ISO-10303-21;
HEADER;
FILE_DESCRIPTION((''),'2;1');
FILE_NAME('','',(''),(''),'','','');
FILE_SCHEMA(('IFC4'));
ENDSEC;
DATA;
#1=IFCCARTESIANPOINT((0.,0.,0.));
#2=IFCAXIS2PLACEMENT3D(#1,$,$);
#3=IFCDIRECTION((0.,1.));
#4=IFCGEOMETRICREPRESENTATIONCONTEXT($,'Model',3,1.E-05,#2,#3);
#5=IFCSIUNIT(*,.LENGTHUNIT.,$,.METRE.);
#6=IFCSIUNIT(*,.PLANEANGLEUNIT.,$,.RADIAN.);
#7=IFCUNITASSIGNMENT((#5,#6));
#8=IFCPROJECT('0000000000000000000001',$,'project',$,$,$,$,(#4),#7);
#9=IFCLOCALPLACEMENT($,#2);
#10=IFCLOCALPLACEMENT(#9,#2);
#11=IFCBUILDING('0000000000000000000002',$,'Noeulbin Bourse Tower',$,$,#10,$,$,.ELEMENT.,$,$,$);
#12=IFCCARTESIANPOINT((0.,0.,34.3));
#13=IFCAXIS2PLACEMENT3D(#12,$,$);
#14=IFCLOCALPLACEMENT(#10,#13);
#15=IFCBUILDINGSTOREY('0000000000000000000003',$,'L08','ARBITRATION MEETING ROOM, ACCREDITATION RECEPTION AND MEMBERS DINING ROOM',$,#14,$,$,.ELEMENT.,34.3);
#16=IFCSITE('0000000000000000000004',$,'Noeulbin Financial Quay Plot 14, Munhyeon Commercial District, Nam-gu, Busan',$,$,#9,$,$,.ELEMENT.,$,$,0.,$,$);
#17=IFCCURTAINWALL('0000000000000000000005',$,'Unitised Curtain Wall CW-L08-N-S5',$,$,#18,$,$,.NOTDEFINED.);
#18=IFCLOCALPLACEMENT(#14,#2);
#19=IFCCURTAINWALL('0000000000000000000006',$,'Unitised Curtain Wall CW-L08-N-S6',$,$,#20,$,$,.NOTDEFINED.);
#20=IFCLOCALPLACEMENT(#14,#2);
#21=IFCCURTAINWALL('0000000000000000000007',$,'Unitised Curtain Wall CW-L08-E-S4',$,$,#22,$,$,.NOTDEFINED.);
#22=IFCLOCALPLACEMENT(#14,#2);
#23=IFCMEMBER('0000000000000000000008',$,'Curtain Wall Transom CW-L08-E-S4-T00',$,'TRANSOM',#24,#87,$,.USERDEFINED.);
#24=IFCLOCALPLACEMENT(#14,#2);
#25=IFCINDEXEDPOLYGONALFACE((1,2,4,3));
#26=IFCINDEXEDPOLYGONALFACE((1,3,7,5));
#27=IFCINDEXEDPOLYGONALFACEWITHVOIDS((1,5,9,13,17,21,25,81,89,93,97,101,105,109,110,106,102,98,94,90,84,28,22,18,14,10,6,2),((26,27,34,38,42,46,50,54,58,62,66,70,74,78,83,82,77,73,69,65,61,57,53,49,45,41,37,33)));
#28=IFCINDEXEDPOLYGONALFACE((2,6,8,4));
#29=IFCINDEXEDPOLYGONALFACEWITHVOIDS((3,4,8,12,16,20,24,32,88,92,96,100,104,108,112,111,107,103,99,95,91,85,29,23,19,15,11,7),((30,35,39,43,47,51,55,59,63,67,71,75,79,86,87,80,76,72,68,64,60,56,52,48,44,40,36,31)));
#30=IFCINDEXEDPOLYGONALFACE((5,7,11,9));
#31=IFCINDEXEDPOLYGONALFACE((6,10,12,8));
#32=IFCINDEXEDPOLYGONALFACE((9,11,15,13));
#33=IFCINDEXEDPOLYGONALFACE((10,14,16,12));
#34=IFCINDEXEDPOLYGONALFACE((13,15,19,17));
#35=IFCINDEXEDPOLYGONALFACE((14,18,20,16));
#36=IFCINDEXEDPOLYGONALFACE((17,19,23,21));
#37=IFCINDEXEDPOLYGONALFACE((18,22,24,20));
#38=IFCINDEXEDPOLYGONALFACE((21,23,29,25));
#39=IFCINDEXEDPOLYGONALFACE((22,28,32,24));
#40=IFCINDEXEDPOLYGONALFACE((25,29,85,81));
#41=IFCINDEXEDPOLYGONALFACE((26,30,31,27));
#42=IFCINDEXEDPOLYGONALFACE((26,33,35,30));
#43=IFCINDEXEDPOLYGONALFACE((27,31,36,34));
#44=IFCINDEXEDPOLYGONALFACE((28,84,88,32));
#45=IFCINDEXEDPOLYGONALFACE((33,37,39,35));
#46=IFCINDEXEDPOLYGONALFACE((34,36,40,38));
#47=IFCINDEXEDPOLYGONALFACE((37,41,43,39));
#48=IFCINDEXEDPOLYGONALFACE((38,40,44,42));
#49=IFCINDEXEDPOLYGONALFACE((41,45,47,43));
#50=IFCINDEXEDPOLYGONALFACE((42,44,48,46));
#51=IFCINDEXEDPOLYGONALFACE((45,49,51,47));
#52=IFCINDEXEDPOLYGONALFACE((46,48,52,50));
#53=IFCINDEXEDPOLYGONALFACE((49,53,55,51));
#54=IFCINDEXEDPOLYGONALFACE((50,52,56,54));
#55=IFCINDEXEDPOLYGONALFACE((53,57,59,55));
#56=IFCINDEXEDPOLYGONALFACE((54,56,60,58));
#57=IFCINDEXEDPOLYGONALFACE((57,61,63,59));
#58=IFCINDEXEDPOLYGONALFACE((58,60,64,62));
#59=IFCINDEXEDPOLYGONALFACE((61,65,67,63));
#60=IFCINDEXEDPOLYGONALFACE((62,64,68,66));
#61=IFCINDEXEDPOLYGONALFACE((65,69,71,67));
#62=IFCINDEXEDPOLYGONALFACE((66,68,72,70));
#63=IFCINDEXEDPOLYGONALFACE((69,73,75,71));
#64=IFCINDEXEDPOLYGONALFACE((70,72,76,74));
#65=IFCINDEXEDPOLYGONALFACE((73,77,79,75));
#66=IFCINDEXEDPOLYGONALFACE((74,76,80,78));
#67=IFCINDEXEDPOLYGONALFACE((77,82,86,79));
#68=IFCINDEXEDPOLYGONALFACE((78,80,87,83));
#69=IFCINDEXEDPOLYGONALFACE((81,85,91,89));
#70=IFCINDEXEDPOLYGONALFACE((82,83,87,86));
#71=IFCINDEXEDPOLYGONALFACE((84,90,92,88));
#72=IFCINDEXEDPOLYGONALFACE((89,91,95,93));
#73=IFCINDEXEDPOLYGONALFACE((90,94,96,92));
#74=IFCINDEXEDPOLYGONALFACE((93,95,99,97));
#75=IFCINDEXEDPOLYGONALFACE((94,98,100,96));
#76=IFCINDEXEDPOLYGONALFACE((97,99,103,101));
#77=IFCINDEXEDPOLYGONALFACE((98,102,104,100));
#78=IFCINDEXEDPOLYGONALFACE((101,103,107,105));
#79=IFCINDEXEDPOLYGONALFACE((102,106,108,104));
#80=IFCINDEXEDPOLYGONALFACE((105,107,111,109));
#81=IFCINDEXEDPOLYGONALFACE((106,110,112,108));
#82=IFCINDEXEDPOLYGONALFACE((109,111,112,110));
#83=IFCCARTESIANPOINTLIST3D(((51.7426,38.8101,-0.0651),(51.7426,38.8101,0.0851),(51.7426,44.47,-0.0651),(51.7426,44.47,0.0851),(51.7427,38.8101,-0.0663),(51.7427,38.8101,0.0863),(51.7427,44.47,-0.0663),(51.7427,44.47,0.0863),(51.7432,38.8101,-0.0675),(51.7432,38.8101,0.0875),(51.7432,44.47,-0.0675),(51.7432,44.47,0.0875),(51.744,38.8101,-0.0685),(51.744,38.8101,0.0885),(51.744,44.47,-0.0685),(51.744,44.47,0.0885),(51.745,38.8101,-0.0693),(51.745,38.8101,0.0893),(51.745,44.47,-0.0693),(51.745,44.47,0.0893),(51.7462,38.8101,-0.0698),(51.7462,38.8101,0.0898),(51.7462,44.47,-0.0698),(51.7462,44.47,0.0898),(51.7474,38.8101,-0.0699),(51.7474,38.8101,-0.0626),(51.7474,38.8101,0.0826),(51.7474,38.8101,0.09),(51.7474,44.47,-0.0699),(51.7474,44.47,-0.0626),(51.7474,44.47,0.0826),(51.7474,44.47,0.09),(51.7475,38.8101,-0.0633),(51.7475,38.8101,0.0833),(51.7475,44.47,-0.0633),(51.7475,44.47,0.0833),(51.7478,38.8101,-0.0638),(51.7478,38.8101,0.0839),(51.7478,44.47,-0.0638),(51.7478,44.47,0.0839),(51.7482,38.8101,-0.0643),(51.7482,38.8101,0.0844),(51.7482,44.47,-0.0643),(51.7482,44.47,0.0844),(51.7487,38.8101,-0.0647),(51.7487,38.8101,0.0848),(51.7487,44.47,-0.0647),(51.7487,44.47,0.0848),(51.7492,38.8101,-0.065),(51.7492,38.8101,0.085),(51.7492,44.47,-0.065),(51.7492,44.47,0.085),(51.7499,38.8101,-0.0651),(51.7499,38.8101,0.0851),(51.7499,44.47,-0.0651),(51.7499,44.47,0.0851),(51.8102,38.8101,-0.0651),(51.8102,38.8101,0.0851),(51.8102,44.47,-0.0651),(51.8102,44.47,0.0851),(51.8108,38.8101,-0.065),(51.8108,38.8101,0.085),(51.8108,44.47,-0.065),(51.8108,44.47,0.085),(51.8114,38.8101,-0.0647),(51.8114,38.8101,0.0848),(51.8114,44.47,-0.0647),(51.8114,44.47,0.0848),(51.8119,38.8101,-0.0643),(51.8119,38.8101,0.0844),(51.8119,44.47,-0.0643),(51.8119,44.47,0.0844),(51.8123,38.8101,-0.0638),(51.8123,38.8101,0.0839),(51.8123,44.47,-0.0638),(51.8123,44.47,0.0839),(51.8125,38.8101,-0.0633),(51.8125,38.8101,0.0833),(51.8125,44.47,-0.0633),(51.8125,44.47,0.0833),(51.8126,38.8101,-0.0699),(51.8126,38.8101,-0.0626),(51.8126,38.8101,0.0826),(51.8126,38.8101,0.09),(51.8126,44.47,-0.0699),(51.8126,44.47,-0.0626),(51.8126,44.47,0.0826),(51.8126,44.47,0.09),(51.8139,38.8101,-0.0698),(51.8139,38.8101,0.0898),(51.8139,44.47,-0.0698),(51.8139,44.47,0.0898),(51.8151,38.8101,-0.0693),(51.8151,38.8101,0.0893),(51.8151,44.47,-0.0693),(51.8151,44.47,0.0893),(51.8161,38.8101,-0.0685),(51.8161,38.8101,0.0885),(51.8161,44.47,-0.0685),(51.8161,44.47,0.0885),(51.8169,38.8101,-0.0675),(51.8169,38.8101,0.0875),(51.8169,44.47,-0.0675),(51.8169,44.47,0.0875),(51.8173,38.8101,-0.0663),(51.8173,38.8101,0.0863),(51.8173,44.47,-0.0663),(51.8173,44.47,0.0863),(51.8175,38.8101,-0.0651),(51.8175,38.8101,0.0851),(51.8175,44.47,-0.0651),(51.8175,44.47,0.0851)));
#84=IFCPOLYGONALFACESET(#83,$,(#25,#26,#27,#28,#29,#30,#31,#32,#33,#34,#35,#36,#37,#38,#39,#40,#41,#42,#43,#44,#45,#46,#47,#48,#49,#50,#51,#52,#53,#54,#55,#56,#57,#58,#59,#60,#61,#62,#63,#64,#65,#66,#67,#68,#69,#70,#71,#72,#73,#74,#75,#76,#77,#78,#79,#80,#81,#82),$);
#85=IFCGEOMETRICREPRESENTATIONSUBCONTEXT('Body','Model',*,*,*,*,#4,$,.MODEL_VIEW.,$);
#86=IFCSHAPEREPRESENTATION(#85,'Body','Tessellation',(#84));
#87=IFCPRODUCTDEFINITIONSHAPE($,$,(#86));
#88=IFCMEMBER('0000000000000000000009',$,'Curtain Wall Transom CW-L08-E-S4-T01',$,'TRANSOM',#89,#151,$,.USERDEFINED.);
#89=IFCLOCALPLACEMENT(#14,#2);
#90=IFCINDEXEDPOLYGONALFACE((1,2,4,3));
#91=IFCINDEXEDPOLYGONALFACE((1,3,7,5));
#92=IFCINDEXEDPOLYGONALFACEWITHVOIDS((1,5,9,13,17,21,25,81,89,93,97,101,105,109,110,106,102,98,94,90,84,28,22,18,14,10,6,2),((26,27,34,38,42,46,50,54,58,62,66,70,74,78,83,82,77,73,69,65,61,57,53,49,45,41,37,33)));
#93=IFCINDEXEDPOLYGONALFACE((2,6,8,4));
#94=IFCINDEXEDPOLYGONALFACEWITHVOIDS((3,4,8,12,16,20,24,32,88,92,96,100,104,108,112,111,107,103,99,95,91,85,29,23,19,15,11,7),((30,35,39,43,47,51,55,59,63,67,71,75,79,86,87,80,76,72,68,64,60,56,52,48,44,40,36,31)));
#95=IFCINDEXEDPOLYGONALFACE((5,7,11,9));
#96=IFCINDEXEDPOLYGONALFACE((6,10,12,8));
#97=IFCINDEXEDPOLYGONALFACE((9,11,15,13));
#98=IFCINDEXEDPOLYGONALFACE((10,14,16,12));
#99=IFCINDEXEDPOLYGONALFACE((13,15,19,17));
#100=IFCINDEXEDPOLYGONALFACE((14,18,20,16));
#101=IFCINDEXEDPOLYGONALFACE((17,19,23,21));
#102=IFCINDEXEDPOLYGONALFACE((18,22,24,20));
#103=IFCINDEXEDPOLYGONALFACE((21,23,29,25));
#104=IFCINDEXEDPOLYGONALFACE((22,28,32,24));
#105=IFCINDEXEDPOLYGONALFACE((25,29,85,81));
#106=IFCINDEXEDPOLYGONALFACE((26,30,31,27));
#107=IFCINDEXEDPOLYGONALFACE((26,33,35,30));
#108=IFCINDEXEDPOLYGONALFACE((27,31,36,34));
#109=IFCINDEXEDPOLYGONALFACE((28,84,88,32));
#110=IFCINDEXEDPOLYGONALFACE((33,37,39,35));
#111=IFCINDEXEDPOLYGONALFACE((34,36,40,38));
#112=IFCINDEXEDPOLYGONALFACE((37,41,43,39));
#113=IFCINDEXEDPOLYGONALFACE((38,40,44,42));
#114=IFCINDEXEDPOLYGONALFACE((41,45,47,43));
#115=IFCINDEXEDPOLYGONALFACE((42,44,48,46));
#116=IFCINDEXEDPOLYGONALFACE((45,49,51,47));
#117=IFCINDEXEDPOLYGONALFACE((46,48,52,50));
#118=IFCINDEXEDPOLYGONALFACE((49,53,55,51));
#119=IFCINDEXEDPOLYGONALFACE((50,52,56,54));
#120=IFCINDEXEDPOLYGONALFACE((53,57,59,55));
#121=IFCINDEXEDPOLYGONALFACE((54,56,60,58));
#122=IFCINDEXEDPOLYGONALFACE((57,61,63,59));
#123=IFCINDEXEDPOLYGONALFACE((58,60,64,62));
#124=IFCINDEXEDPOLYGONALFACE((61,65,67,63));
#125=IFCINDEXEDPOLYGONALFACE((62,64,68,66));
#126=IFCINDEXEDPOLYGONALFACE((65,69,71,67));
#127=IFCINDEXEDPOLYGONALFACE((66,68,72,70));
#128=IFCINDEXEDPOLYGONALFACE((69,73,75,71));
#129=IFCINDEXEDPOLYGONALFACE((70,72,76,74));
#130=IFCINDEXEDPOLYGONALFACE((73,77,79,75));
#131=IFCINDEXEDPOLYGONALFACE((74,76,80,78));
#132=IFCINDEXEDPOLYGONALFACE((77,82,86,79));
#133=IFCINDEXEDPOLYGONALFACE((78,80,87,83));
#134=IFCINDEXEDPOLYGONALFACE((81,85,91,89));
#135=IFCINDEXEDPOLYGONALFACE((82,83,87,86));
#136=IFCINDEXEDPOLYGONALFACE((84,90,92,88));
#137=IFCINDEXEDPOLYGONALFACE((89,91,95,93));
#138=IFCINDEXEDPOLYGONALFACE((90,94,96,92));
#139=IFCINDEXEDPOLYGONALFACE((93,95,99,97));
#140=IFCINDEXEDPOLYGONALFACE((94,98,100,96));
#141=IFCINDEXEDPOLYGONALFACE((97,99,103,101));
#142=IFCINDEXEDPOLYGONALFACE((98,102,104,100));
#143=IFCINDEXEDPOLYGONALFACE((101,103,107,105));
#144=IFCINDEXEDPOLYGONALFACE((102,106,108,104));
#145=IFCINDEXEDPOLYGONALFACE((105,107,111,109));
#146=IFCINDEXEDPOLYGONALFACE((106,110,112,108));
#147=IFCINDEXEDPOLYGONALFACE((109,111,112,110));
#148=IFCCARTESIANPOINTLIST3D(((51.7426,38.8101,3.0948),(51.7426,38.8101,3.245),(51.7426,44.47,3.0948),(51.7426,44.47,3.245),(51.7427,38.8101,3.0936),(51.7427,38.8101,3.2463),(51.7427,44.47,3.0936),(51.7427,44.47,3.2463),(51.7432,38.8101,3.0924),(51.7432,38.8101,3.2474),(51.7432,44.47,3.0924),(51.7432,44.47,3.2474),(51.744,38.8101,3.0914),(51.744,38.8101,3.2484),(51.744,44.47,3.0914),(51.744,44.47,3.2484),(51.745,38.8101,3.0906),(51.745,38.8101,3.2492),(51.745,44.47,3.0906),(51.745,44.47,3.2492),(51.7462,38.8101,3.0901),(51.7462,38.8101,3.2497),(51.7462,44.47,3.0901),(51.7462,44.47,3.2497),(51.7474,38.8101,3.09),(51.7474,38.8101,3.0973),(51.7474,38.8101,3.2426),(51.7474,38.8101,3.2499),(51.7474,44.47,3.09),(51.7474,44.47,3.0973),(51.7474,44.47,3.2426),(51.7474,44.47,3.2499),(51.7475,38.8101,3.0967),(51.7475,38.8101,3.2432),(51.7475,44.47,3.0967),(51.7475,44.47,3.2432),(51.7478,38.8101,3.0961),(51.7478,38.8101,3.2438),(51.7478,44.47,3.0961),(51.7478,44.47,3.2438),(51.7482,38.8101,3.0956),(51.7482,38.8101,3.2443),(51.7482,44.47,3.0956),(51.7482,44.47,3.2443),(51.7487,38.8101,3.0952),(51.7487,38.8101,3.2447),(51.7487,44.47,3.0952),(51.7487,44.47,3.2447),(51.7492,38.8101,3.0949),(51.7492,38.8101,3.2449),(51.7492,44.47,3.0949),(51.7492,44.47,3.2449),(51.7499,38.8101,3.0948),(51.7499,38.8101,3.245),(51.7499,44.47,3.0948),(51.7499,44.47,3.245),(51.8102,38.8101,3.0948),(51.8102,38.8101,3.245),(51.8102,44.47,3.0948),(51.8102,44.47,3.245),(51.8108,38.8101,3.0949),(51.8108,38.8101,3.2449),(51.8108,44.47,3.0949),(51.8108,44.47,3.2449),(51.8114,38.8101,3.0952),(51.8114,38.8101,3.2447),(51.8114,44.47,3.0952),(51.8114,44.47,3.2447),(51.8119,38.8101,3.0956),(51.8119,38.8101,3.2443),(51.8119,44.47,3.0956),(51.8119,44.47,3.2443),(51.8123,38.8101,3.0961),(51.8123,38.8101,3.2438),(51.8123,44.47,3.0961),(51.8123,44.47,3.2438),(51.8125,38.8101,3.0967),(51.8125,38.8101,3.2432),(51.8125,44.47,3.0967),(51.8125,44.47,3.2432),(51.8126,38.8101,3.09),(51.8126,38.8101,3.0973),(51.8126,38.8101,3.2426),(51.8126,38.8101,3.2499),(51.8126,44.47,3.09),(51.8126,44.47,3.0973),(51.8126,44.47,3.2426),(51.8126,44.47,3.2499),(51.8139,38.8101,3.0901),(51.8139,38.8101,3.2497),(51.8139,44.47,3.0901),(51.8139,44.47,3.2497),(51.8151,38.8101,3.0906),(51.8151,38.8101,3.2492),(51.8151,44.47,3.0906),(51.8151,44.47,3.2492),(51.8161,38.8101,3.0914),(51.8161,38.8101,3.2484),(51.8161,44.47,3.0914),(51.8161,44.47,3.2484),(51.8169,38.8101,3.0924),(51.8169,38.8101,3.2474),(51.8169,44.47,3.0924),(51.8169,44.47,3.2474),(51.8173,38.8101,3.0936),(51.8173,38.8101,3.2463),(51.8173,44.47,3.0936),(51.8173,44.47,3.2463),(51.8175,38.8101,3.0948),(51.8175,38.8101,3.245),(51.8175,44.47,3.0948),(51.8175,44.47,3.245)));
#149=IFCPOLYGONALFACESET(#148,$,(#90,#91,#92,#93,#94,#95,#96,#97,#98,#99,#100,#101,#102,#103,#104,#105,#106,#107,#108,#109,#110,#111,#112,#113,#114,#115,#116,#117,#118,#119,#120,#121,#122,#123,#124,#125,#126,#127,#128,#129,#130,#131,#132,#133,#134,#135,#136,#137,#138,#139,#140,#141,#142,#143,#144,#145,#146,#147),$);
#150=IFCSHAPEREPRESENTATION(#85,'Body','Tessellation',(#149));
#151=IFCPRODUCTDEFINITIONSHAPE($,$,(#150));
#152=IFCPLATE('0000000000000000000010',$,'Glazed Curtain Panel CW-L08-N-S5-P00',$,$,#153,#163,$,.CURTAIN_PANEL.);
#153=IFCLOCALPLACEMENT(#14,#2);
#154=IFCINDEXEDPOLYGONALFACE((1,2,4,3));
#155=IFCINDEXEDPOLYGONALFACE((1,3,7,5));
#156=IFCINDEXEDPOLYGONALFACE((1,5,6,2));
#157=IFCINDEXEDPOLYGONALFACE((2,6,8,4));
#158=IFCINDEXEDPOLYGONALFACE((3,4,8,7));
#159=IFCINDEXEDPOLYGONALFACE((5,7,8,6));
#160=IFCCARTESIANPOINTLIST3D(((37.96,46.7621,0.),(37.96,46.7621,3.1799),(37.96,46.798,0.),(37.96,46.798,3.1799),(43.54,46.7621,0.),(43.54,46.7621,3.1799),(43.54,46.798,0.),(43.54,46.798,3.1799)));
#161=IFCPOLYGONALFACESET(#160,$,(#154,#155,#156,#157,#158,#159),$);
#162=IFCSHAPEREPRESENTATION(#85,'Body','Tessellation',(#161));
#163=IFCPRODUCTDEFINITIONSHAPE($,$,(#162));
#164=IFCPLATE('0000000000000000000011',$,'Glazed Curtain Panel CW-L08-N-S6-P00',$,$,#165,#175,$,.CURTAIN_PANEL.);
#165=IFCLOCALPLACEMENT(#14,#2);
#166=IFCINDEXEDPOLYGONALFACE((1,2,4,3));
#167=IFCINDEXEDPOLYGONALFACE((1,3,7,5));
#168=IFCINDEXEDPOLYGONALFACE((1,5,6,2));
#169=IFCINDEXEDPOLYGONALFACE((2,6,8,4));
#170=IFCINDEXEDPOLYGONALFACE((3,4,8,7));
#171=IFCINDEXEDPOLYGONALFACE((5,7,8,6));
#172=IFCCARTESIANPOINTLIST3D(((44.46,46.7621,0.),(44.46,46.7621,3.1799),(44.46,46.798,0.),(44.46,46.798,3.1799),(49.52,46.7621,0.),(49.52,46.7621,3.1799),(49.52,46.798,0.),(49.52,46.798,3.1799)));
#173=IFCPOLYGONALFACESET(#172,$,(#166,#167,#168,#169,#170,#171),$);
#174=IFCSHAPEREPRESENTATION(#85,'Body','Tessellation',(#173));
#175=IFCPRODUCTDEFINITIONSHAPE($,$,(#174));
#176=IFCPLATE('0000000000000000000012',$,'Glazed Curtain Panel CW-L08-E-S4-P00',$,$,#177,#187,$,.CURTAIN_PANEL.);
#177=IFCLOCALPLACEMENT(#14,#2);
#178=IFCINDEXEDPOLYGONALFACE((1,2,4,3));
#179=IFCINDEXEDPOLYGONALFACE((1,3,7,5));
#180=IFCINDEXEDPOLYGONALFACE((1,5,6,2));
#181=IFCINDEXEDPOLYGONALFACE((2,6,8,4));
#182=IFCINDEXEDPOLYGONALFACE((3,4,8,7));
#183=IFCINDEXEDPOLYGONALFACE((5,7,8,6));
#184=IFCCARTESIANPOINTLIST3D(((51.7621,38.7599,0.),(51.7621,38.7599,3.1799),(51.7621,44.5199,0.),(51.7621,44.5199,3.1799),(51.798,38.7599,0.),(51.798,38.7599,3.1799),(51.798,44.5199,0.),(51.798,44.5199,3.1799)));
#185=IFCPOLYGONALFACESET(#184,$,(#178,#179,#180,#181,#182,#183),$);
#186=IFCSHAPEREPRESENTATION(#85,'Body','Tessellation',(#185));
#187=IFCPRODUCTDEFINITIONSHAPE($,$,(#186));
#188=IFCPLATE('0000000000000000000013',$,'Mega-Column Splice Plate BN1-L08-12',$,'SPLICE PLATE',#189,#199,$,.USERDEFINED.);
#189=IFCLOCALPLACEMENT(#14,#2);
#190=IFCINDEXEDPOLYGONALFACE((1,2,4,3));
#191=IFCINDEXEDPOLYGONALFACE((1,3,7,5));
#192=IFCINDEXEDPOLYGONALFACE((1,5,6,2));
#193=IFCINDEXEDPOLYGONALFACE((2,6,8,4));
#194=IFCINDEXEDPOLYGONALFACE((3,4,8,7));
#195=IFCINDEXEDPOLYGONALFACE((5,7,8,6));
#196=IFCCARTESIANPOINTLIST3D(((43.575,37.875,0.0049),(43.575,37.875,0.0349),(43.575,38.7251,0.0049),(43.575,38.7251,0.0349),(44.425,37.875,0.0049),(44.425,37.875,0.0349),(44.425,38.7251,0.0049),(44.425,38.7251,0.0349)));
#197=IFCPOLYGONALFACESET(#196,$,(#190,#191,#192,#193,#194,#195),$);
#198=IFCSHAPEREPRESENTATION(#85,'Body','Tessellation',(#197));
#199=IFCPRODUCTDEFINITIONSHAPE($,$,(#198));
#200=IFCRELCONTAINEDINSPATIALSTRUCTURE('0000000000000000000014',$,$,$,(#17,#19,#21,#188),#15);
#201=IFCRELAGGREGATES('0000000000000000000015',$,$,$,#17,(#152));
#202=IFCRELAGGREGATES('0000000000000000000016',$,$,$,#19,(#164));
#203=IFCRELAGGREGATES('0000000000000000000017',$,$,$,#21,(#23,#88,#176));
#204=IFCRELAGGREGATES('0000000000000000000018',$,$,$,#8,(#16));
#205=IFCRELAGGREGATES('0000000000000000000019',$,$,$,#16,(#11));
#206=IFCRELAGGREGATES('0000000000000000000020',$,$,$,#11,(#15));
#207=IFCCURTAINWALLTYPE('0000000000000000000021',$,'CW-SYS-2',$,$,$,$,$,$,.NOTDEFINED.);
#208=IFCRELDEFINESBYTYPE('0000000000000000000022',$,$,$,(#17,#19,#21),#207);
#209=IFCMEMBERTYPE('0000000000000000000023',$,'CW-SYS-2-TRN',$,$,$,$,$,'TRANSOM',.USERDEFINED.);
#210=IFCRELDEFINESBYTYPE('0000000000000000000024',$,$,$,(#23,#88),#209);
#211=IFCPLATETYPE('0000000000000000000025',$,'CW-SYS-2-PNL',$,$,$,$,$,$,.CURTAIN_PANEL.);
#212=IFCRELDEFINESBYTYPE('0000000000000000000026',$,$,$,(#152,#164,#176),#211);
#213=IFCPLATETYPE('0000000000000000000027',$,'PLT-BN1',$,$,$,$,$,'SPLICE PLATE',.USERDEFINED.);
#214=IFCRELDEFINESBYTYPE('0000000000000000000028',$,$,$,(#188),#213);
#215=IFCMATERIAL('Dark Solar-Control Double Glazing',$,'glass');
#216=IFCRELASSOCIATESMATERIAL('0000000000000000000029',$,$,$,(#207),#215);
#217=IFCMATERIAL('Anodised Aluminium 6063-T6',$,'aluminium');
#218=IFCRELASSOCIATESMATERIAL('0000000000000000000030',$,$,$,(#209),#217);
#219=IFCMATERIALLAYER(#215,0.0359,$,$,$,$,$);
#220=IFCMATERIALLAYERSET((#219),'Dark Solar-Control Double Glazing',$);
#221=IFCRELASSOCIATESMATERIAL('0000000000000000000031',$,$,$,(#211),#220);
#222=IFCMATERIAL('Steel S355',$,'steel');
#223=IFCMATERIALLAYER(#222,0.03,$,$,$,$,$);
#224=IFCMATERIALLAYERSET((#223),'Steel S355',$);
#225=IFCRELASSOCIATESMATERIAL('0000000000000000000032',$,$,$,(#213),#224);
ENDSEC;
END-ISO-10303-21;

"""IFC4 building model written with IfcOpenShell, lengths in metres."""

from ifc_helpers import new_model, si_unit, direction, frame, origin, origin_2d, place, context, subcontext, project, spatial, rectangle, hollow_rectangle, extrude, material, layer, layer_set, material_profile, profile_set, type_object, element, aggregate, save


model = new_model("IFC4")

# Units and contexts
model_context = context("Model", 3, precision=1e-05, world=origin(), true_north=direction((0.0, 1.0)))
body_context = subcontext(model_context, "Body", "Model", "MODEL_VIEW")
ifc_project = project(units=[si_unit("LENGTHUNIT", "METRE"), si_unit("PLANEANGLEUNIT", "RADIAN")], contexts=[model_context])

# Site, building, storey
site_placement = place(None, origin())
site = spatial("IfcSite", under=ifc_project, at=site_placement, Name="Noeulbin Financial Quay Plot 14, Munhyeon Commercial District, Nam-gu, Busan", CompositionType="ELEMENT", RefElevation=0.0)
building_placement = place(site_placement, origin())
building = spatial("IfcBuilding", under=site, at=building_placement, Name="Noeulbin Bourse Tower", CompositionType="ELEMENT")
storey_placement = place(building_placement, frame((0.0, 0.0, 34.3)))
storey = spatial("IfcBuildingStorey", under=building, at=storey_placement, Name="L08", Description="ARBITRATION MEETING ROOM, ACCREDITATION RECEPTION AND MEMBERS DINING ROOM", CompositionType="ELEMENT", Elevation=34.3)

# Shared definitions
ifc_material_1 = material(Name="Steel S355", Category="steel")

# Curtain wall
ifc_material_2 = material(Name="Dark Solar-Control Double Glazing", Category="glass")
curtain_wall_type = type_object("IfcCurtainWallType", Name="CW-SYS-2", PredefinedType="NOTDEFINED", material=ifc_material_2)
curtain_wall_1_placement = place(storey_placement, origin())
curtain_wall_1 = element("IfcCurtainWall", 1, at=curtain_wall_1_placement, inside=storey, type_object=curtain_wall_type, Name="Unitised Curtain Wall CW-L08-N-S5", PredefinedType="NOTDEFINED")
ifc_material_3 = material(Name="Anodised Aluminium 6063-T6", Category="aluminium")

# Curtain wall
curtain_wall_2_placement = place(storey_placement, origin())
curtain_wall_2 = element("IfcCurtainWall", 2, at=curtain_wall_2_placement, inside=storey, type_object=curtain_wall_type, Name="Unitised Curtain Wall CW-L08-N-S6", PredefinedType="NOTDEFINED")

# Curtain wall
curtain_wall_3_placement = place(storey_placement, origin())
curtain_wall_3 = element("IfcCurtainWall", 3, at=curtain_wall_3_placement, inside=storey, type_object=curtain_wall_type, Name="Unitised Curtain Wall CW-L08-E-S4", PredefinedType="NOTDEFINED")

# Members
ifc_material_profile_1 = material_profile(ifc_material_3, hollow_rectangle(XDim=0.075, YDim=0.1599, WallThickness=0.0049, InnerFilletRadius=0.0024, OuterFilletRadius=0.0049, at=origin_2d()), Name="ALU-TRAN-75x160x5", Category="LoadBearing")
ifc_profile_set_1 = profile_set([ifc_material_profile_1], Name="Anodised Aluminium 6063-T6")
member_type_1 = type_object("IfcMemberType", Name="CW-SYS-2-TRN", ElementType="TRANSOM", PredefinedType="USERDEFINED", material=ifc_profile_set_1)
member_1_placement = place(storey_placement, frame((51.78, 38.8101, 0.01), z_axis=(0.0, 1.0, 0.0), x_axis=(-1.0, 0.0, 0.0)))
member_1 = element("IfcMember", 4, at=member_1_placement, type_object=member_type_1, Name="Curtain Wall Transom CW-L08-E-S4-T00", ObjectType="TRANSOM", PredefinedType="USERDEFINED", context=body_context, shape_type="SweptSolid", body=[
    extrude(hollow_rectangle(XDim=0.075, YDim=0.1599, WallThickness=0.0049, InnerFilletRadius=0.0024, OuterFilletRadius=0.0049, at=origin_2d()), origin(), (0.0, 0.0, 1.0), 5.6599),
])
member_2_placement = place(storey_placement, frame((51.78, 38.8101, 3.1699), z_axis=(0.0, 1.0, 0.0), x_axis=(-1.0, 0.0, 0.0)))
member_2 = element("IfcMember", 5, at=member_2_placement, type_object=member_type_1, Name="Curtain Wall Transom CW-L08-E-S4-T01", ObjectType="TRANSOM", PredefinedType="USERDEFINED", context=body_context, shape_type="SweptSolid", body=[
    extrude(hollow_rectangle(XDim=0.075, YDim=0.1599, WallThickness=0.0049, InnerFilletRadius=0.0024, OuterFilletRadius=0.0049, at=origin_2d()), origin(), (0.0, 0.0, 1.0), 5.6599),
])

# Plates
ifc_layer_1 = layer(ifc_material_2, 0.0359)
ifc_layer_set_1 = layer_set([ifc_layer_1], Name="Dark Solar-Control Double Glazing")
plate_type_1 = type_object("IfcPlateType", Name="CW-SYS-2-PNL", PredefinedType="CURTAIN_PANEL", material=ifc_layer_set_1)
plate_1_placement = place(storey_placement, frame((40.75, 46.78, 0.0), z_axis=(0.0, 0.0, 1.0), x_axis=(1.0, 0.0, 0.0)))
plate_1 = element("IfcPlate", 6, at=plate_1_placement, type_object=plate_type_1, Name="Glazed Curtain Panel CW-L08-N-S5-P00", PredefinedType="CURTAIN_PANEL", context=body_context, shape_type="SweptSolid", body=[
    extrude(rectangle(XDim=5.5801, YDim=0.0359, at=origin_2d()), origin(), (0.0, 0.0, 1.0), 3.1799),
])
aggregate(curtain_wall_1, [plate_1])
plate_2_placement = place(storey_placement, frame((46.99, 46.78, 0.0), z_axis=(0.0, 0.0, 1.0), x_axis=(1.0, 0.0, 0.0)))
plate_2 = element("IfcPlate", 7, at=plate_2_placement, type_object=plate_type_1, Name="Glazed Curtain Panel CW-L08-N-S6-P00", PredefinedType="CURTAIN_PANEL", context=body_context, shape_type="SweptSolid", body=[
    extrude(rectangle(XDim=5.0601, YDim=0.0359, at=origin_2d()), origin(), (0.0, 0.0, 1.0), 3.1799),
])
aggregate(curtain_wall_2, [plate_2])
plate_3_placement = place(storey_placement, frame((51.78, 41.6399, 0.0), z_axis=(0.0, 0.0, 1.0), x_axis=(0.0, 1.0, 0.0)))
plate_3 = element("IfcPlate", 8, at=plate_3_placement, type_object=plate_type_1, Name="Glazed Curtain Panel CW-L08-E-S4-P00", PredefinedType="CURTAIN_PANEL", context=body_context, shape_type="SweptSolid", body=[
    extrude(rectangle(XDim=5.76, YDim=0.0359, at=origin_2d()), origin(), (0.0, 0.0, 1.0), 3.1799),
])
aggregate(curtain_wall_3, [member_1, member_2, plate_3])

# Plate
ifc_layer_2 = layer(ifc_material_1, 0.03)
ifc_layer_set_2 = layer_set([ifc_layer_2], Name="Steel S355")
plate_type_2 = type_object("IfcPlateType", Name="PLT-BN1", ElementType="SPLICE PLATE", PredefinedType="USERDEFINED", material=ifc_layer_set_2)
for number, where, z_axis, x_axis, name in (
    (9, (44.0, 38.3, 0.0049), (0.0, 0.0, 1.0), (1.0, 0.0, 0.0), "Mega-Column Splice Plate BN1-L08-12"),
):
    element("IfcPlate", number, at=place(storey_placement, frame(where, z_axis=z_axis, x_axis=x_axis)), inside=storey, type_object=plate_type_2, Name=name, ObjectType="SPLICE PLATE", PredefinedType="USERDEFINED", context=body_context, shape_type="SweptSolid", body=[
        extrude(rectangle(XDim=0.8501, YDim=0.8501, at=origin_2d()), origin(), (0.0, 0.0, 1.0), 0.03),
    ])

save(model, "model.ifc")
